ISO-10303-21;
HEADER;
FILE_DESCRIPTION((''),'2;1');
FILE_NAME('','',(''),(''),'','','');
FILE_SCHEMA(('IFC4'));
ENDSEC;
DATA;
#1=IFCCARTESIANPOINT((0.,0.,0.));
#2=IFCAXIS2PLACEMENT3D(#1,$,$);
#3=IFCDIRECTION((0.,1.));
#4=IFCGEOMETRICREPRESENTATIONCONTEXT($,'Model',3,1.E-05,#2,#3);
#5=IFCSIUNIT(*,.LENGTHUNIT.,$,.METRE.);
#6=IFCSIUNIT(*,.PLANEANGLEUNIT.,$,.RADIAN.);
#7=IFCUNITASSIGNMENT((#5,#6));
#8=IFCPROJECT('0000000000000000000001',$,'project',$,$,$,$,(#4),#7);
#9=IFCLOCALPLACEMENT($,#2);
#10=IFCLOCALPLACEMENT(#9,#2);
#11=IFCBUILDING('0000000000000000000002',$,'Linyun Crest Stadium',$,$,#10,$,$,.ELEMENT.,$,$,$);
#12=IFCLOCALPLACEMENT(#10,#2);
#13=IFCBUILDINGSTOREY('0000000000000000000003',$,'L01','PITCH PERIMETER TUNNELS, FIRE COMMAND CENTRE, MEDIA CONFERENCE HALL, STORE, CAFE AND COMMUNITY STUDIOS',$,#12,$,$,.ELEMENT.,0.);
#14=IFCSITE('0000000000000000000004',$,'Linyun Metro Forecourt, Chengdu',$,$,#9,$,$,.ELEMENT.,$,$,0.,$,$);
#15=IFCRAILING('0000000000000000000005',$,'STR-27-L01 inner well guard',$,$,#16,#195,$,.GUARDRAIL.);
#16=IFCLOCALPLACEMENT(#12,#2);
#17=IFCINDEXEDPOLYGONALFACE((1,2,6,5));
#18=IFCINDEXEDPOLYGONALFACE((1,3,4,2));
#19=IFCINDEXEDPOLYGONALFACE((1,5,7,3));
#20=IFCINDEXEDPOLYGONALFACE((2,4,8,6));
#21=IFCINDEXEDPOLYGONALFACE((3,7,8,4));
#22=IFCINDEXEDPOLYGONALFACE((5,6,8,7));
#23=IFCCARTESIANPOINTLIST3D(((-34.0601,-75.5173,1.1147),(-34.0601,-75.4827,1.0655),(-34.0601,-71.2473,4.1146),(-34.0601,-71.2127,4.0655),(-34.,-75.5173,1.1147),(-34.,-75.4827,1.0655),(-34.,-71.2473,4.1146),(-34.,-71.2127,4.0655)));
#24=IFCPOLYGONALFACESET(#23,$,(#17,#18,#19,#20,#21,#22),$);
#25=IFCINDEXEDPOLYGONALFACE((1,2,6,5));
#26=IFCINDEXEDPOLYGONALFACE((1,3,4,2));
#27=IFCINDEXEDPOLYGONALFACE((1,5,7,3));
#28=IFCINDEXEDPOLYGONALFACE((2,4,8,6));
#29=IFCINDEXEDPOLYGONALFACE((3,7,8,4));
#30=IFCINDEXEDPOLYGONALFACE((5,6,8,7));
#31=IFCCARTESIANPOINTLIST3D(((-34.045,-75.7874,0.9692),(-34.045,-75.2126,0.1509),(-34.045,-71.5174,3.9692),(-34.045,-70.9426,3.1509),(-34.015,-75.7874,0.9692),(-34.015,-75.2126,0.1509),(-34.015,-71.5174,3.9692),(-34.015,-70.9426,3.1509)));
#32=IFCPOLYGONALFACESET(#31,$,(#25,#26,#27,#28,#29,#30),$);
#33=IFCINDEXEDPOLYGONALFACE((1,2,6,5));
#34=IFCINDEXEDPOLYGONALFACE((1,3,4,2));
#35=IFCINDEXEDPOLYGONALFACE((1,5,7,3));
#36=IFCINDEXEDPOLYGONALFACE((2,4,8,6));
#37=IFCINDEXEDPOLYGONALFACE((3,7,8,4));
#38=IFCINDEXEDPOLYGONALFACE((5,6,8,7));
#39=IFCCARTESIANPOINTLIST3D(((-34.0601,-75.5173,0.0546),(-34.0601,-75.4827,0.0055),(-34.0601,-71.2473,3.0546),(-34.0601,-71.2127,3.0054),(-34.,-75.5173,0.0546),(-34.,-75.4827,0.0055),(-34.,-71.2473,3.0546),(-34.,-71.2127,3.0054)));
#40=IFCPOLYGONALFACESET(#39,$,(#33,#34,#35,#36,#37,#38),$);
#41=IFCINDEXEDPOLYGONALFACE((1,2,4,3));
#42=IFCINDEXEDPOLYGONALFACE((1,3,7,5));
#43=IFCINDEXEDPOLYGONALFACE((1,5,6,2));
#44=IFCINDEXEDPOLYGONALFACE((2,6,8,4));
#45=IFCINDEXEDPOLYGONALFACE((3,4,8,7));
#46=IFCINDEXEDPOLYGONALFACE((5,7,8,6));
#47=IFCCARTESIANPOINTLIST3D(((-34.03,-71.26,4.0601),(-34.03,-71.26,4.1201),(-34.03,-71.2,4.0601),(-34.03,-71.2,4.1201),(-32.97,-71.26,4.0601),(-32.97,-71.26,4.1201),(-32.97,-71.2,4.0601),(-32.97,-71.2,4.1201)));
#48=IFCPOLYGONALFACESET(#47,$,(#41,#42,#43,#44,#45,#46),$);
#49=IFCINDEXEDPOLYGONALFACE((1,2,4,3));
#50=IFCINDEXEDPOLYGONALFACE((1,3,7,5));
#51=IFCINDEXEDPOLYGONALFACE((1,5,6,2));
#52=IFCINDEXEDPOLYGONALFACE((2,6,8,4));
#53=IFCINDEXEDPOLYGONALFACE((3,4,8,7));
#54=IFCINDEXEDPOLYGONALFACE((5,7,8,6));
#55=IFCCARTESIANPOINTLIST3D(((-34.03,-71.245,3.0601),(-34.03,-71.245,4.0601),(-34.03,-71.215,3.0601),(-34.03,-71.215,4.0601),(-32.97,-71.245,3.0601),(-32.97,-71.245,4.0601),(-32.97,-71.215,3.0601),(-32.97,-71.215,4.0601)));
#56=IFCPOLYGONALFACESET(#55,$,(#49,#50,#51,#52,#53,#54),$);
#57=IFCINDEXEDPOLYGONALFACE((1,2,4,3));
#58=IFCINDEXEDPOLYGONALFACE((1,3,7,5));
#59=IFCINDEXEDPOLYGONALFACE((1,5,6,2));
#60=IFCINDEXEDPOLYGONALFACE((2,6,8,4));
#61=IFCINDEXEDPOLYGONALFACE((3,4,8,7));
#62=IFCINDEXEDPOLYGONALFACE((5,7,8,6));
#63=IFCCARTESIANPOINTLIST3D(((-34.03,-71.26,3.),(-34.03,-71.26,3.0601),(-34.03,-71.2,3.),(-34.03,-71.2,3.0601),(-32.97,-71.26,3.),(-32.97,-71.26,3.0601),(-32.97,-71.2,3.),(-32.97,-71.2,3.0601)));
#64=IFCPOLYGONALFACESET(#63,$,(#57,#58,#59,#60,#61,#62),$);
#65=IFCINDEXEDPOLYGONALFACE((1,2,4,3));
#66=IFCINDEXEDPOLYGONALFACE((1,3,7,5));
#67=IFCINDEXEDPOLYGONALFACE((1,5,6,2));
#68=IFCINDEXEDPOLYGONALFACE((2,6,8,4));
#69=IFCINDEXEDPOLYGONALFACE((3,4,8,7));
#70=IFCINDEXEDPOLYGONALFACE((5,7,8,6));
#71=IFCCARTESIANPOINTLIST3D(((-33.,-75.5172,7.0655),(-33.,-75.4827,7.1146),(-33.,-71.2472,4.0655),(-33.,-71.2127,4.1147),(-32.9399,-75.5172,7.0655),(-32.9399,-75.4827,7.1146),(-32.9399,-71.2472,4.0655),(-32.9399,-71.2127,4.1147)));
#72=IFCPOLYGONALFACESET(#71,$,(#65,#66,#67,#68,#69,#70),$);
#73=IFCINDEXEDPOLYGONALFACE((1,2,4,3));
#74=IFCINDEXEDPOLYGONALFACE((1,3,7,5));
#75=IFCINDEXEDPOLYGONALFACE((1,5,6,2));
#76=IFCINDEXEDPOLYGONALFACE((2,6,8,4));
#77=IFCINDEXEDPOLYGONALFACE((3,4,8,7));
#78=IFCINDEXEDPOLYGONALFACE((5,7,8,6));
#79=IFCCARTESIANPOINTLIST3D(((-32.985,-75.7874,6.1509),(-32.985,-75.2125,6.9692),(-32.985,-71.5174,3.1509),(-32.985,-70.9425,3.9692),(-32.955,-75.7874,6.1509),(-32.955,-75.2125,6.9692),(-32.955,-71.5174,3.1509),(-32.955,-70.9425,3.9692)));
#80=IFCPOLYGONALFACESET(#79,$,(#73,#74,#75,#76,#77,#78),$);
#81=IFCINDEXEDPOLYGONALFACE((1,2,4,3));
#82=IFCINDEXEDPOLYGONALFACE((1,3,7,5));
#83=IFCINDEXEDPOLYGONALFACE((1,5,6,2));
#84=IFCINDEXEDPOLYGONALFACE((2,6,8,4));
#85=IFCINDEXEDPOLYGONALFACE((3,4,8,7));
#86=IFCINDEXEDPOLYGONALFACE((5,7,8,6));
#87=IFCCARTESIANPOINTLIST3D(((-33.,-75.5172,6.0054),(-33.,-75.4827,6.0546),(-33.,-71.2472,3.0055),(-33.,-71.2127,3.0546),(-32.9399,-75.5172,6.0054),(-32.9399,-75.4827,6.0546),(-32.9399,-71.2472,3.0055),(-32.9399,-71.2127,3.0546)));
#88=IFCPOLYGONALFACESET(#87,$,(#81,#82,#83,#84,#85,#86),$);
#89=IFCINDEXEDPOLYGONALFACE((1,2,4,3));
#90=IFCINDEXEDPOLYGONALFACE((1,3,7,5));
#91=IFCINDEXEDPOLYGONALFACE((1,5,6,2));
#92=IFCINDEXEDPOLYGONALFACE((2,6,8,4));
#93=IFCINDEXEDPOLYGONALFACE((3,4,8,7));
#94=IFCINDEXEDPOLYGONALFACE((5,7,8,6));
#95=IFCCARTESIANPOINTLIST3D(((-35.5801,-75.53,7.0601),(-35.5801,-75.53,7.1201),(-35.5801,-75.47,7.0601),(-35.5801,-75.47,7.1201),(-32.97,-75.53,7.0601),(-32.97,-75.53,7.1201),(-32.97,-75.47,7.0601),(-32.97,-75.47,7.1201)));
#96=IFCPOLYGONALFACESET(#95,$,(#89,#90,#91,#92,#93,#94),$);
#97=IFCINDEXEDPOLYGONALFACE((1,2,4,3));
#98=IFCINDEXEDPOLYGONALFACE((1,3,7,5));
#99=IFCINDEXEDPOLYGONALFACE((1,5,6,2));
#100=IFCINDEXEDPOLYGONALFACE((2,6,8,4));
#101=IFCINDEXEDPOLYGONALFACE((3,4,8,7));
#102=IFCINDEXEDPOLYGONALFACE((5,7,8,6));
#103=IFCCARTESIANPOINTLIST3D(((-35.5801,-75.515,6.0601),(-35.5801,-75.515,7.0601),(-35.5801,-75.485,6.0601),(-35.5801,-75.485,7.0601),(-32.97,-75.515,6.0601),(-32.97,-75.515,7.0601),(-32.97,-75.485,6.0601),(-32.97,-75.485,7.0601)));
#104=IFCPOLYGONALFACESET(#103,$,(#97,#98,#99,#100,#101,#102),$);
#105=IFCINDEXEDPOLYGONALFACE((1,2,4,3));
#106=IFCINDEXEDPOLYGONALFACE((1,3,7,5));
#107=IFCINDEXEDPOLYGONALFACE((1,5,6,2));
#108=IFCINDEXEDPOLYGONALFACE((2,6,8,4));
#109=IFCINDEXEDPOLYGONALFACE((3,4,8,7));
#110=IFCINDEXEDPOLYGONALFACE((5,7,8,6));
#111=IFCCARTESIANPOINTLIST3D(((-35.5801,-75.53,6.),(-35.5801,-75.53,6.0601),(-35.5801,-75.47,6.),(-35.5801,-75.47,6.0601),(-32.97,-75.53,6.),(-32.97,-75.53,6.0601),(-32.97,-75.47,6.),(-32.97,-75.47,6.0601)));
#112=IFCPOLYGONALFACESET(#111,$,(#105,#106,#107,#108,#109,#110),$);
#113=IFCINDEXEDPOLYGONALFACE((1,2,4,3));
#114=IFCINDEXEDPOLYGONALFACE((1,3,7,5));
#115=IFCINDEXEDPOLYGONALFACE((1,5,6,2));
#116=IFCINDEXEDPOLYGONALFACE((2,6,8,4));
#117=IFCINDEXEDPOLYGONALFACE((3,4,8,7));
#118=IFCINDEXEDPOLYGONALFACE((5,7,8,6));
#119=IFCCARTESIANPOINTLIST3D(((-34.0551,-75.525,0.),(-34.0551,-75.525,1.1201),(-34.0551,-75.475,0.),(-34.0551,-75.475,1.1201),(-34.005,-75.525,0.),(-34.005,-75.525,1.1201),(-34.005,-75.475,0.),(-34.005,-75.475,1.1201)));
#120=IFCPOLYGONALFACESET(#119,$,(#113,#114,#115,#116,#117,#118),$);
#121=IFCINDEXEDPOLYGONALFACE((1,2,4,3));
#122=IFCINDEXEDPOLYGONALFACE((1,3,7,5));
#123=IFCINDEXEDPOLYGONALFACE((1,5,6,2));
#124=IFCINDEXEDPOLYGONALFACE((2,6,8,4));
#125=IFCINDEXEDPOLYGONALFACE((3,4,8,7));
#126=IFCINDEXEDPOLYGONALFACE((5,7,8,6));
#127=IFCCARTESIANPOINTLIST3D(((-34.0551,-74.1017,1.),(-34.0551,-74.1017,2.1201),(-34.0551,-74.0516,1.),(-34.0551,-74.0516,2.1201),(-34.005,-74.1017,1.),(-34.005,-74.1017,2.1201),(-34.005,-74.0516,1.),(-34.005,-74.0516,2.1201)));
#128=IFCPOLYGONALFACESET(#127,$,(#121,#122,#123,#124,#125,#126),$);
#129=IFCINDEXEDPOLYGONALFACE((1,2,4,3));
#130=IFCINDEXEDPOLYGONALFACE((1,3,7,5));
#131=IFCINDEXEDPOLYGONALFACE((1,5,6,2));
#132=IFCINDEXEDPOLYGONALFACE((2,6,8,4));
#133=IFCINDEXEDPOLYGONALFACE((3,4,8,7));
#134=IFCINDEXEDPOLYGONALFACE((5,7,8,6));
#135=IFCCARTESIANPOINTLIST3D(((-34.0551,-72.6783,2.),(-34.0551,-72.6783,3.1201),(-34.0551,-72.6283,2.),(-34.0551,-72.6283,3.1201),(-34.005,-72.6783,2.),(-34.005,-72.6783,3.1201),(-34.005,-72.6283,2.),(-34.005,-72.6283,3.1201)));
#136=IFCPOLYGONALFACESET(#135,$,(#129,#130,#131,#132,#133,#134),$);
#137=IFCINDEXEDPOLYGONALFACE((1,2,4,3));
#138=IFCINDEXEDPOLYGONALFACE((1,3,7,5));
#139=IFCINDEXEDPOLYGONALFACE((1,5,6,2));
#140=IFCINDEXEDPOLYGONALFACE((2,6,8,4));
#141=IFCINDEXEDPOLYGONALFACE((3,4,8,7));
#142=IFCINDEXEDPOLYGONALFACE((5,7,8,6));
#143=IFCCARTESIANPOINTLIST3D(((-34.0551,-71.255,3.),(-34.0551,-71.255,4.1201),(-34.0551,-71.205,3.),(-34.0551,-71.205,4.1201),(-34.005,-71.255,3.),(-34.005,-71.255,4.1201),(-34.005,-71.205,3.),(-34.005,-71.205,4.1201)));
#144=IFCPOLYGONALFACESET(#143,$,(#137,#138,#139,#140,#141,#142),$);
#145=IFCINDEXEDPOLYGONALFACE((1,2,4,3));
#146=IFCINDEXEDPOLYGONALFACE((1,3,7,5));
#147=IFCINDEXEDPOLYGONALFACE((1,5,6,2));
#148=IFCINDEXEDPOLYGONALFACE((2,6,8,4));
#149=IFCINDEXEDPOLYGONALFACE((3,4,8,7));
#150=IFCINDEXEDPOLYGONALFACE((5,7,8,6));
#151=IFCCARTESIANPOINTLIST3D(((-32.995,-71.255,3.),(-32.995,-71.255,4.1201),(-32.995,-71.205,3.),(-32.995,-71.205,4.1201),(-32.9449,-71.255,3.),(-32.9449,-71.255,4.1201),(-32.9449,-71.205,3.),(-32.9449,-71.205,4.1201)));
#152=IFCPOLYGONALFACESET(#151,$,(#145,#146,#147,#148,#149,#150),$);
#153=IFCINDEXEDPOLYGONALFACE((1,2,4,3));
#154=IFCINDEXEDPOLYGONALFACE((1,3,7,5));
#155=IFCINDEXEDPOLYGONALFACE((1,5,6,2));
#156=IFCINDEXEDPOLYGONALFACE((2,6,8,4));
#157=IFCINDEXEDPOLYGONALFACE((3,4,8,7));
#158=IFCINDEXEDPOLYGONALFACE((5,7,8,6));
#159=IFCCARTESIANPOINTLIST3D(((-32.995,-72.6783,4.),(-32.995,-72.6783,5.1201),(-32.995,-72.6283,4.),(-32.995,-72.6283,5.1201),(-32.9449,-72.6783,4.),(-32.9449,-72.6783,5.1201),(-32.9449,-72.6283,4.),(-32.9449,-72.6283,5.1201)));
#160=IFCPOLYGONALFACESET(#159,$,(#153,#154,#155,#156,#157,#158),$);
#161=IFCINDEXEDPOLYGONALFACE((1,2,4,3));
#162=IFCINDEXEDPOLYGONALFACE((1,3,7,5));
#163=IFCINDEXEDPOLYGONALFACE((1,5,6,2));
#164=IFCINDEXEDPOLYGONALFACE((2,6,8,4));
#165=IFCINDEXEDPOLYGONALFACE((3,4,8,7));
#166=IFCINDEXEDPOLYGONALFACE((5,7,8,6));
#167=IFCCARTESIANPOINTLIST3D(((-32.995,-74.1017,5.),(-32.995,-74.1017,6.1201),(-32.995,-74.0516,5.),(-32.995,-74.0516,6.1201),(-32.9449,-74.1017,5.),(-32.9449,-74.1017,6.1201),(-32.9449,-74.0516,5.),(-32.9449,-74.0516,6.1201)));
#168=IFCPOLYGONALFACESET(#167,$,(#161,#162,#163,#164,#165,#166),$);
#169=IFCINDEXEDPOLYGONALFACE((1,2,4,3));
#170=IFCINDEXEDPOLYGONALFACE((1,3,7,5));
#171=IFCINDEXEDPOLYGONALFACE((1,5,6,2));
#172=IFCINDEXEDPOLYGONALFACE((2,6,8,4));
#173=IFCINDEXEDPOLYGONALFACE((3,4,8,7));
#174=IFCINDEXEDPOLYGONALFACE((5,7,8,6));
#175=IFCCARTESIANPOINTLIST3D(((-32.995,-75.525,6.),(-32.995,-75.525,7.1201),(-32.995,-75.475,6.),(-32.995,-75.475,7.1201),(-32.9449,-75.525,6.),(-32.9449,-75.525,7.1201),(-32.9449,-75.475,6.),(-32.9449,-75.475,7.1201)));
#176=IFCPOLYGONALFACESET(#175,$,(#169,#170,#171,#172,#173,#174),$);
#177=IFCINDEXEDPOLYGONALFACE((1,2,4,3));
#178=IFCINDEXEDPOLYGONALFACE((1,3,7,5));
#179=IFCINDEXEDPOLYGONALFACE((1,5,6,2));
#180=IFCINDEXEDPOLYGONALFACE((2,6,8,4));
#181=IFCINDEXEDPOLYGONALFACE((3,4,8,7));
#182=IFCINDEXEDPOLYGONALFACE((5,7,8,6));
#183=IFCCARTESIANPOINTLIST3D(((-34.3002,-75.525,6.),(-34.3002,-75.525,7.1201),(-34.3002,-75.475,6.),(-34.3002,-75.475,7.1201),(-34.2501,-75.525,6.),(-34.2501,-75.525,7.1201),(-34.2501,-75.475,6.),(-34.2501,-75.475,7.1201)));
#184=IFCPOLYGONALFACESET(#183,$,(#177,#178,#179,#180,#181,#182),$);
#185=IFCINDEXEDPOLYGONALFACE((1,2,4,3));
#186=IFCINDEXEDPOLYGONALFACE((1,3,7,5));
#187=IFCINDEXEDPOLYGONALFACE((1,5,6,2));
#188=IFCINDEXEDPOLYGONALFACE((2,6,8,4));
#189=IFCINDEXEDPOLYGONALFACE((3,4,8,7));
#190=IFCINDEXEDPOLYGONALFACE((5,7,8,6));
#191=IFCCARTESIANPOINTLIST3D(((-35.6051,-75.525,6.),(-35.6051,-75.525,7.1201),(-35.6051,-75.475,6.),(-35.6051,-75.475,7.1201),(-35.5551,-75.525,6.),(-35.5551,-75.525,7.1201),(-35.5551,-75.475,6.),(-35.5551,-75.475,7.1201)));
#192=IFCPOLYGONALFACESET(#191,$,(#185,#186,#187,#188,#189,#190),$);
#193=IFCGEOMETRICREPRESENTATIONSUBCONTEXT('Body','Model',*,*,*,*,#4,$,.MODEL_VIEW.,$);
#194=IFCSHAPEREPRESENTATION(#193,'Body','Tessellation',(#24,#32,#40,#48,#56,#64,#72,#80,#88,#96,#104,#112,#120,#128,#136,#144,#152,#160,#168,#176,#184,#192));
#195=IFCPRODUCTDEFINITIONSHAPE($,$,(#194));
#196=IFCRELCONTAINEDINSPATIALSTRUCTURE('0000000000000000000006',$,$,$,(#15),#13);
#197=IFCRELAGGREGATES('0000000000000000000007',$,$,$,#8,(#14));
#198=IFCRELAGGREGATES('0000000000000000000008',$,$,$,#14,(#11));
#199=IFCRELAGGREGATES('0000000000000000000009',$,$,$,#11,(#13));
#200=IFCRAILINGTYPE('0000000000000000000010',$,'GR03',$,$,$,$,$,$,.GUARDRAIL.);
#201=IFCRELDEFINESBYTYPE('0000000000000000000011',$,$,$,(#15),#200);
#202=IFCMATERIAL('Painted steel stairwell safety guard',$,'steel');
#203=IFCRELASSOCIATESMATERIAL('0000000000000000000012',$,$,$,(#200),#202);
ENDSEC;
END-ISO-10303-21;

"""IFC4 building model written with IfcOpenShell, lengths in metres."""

from ifc_helpers import new_model, si_unit, direction, frame, origin, origin_2d, place, context, subcontext, project, spatial, rectangle, extrude, material, type_object, element, save


model = new_model("IFC4")

# Units and contexts
model_context = context("Model", 3, precision=1e-05, world=origin(), true_north=direction((0.0, 1.0)))
body_context = subcontext(model_context, "Body", "Model", "MODEL_VIEW")
ifc_project = project(units=[si_unit("LENGTHUNIT", "METRE"), si_unit("PLANEANGLEUNIT", "RADIAN")], contexts=[model_context])

# Site, building, storey
site_placement = place(None, origin())
site = spatial("IfcSite", under=ifc_project, at=site_placement, Name="Linyun Metro Forecourt, Chengdu", CompositionType="ELEMENT", RefElevation=0.0)
building_placement = place(site_placement, origin())
building = spatial("IfcBuilding", under=site, at=building_placement, Name="Linyun Crest Stadium", CompositionType="ELEMENT")
storey_placement = place(building_placement, origin())
storey = spatial("IfcBuildingStorey", under=building, at=storey_placement, Name="L01", Description="PITCH PERIMETER TUNNELS, FIRE COMMAND CENTRE, MEDIA CONFERENCE HALL, STORE, CAFE AND COMMUNITY STUDIOS", CompositionType="ELEMENT", Elevation=0.0)

# Railing
ifc_material_1 = material(Name="Painted steel stairwell safety guard", Category="steel")
railing_type_1 = type_object("IfcRailingType", Name="GR03", PredefinedType="GUARDRAIL", material=ifc_material_1)
railing_1_placement = place(storey_placement, frame((-34.03, -75.5, 0.0)))
element("IfcRailing", 1, at=railing_1_placement, inside=storey, type_object=railing_type_1, Name="STR-27-L01 inner well guard", PredefinedType="GUARDRAIL", context=body_context, shape_type="SweptSolid", body=[
    extrude(rectangle(XDim=0.0601, YDim=0.0601, at=origin_2d()), frame((0.0, 0.0, 1.0901), z_axis=(0.0, 0.818242, 0.574874), x_axis=(-1.0, 0.0, 0.0)), (0.0, 0.0, 1.0), 5.2185),
    extrude(rectangle(XDim=0.03, YDim=1.0, at=origin_2d()), frame((0.0, 0.0, 0.5601), z_axis=(0.0, 0.818242, 0.574874), x_axis=(-1.0, 0.0, 0.0)), (0.0, 0.0, 1.0), 5.2185),
    extrude(rectangle(XDim=0.0601, YDim=0.0601, at=origin_2d()), frame((0.0, 0.0, 0.03), z_axis=(0.0, 0.818242, 0.574874), x_axis=(-1.0, 0.0, 0.0)), (0.0, 0.0, 1.0), 5.2185),
    extrude(rectangle(XDim=0.0601, YDim=0.0601, at=origin_2d()), frame((0.0, 4.27, 4.0901), z_axis=(1.0, 0.0, 0.0), x_axis=(0.0, 1.0, 0.0)), (0.0, 0.0, 1.0), 1.0601),
    extrude(rectangle(XDim=0.03, YDim=1.0, at=origin_2d()), frame((0.0, 4.27, 3.5601), z_axis=(1.0, 0.0, 0.0), x_axis=(0.0, 1.0, 0.0)), (0.0, 0.0, 1.0), 1.0601),
    extrude(rectangle(XDim=0.0601, YDim=0.0601, at=origin_2d()), frame((0.0, 4.27, 3.03), z_axis=(1.0, 0.0, 0.0), x_axis=(0.0, 1.0, 0.0)), (0.0, 0.0, 1.0), 1.0601),
    extrude(rectangle(XDim=0.0601, YDim=0.0601, at=origin_2d()), frame((1.0601, 4.27, 4.0901), z_axis=(0.0, -0.818242, 0.574874), x_axis=(1.0, 0.0, 0.0)), (0.0, 0.0, 1.0), 5.2185),
    extrude(rectangle(XDim=0.03, YDim=1.0, at=origin_2d()), frame((1.0601, 4.27, 3.5601), z_axis=(0.0, -0.818242, 0.574874), x_axis=(1.0, 0.0, 0.0)), (0.0, 0.0, 1.0), 5.2185),
    extrude(rectangle(XDim=0.0601, YDim=0.0601, at=origin_2d()), frame((1.0601, 4.27, 3.03), z_axis=(0.0, -0.818242, 0.574874), x_axis=(1.0, 0.0, 0.0)), (0.0, 0.0, 1.0), 5.2185),
    extrude(rectangle(XDim=0.0601, YDim=0.0601, at=origin_2d()), frame((1.0601, 0.0, 7.0901), z_axis=(-1.0, 0.0, 0.0), x_axis=(0.0, -1.0, 0.0)), (0.0, 0.0, 1.0), 2.6101),
    extrude(rectangle(XDim=0.03, YDim=1.0, at=origin_2d()), frame((1.0601, 0.0, 6.5601), z_axis=(-1.0, 0.0, 0.0), x_axis=(0.0, -1.0, 0.0)), (0.0, 0.0, 1.0), 2.6101),
    extrude(rectangle(XDim=0.0601, YDim=0.0601, at=origin_2d()), frame((1.0601, 0.0, 6.03), z_axis=(-1.0, 0.0, 0.0), x_axis=(0.0, -1.0, 0.0)), (0.0, 0.0, 1.0), 2.6101),
    extrude(rectangle(XDim=0.05, YDim=0.05, at=origin_2d()), origin(), (0.0, 0.0, 1.0), 1.1201),
    extrude(rectangle(XDim=0.05, YDim=0.05, at=origin_2d()), frame((0.0, 1.4233, 1.0)), (0.0, 0.0, 1.0), 1.1201),
    extrude(rectangle(XDim=0.05, YDim=0.05, at=origin_2d()), frame((0.0, 2.8467, 2.0)), (0.0, 0.0, 1.0), 1.1201),
    extrude(rectangle(XDim=0.05, YDim=0.05, at=origin_2d()), frame((0.0, 4.27, 3.0)), (0.0, 0.0, 1.0), 1.1201),
    extrude(rectangle(XDim=0.05, YDim=0.05, at=origin_2d()), frame((1.0601, 4.27, 3.0)), (0.0, 0.0, 1.0), 1.1201),
    extrude(rectangle(XDim=0.05, YDim=0.05, at=origin_2d()), frame((1.0601, 2.8467, 4.0)), (0.0, 0.0, 1.0), 1.1201),
    extrude(rectangle(XDim=0.05, YDim=0.05, at=origin_2d()), frame((1.0601, 1.4233, 5.0)), (0.0, 0.0, 1.0), 1.1201),
    extrude(rectangle(XDim=0.05, YDim=0.05, at=origin_2d()), frame((1.0601, 0.0, 6.0)), (0.0, 0.0, 1.0), 1.1201),
    extrude(rectangle(XDim=0.05, YDim=0.05, at=origin_2d()), frame((-0.2451, 0.0, 6.0)), (0.0, 0.0, 1.0), 1.1201),
    extrude(rectangle(XDim=0.05, YDim=0.05, at=origin_2d()), frame((-1.55, 0.0, 6.0)), (0.0, 0.0, 1.0), 1.1201),
])

save(model, "model.ifc")
